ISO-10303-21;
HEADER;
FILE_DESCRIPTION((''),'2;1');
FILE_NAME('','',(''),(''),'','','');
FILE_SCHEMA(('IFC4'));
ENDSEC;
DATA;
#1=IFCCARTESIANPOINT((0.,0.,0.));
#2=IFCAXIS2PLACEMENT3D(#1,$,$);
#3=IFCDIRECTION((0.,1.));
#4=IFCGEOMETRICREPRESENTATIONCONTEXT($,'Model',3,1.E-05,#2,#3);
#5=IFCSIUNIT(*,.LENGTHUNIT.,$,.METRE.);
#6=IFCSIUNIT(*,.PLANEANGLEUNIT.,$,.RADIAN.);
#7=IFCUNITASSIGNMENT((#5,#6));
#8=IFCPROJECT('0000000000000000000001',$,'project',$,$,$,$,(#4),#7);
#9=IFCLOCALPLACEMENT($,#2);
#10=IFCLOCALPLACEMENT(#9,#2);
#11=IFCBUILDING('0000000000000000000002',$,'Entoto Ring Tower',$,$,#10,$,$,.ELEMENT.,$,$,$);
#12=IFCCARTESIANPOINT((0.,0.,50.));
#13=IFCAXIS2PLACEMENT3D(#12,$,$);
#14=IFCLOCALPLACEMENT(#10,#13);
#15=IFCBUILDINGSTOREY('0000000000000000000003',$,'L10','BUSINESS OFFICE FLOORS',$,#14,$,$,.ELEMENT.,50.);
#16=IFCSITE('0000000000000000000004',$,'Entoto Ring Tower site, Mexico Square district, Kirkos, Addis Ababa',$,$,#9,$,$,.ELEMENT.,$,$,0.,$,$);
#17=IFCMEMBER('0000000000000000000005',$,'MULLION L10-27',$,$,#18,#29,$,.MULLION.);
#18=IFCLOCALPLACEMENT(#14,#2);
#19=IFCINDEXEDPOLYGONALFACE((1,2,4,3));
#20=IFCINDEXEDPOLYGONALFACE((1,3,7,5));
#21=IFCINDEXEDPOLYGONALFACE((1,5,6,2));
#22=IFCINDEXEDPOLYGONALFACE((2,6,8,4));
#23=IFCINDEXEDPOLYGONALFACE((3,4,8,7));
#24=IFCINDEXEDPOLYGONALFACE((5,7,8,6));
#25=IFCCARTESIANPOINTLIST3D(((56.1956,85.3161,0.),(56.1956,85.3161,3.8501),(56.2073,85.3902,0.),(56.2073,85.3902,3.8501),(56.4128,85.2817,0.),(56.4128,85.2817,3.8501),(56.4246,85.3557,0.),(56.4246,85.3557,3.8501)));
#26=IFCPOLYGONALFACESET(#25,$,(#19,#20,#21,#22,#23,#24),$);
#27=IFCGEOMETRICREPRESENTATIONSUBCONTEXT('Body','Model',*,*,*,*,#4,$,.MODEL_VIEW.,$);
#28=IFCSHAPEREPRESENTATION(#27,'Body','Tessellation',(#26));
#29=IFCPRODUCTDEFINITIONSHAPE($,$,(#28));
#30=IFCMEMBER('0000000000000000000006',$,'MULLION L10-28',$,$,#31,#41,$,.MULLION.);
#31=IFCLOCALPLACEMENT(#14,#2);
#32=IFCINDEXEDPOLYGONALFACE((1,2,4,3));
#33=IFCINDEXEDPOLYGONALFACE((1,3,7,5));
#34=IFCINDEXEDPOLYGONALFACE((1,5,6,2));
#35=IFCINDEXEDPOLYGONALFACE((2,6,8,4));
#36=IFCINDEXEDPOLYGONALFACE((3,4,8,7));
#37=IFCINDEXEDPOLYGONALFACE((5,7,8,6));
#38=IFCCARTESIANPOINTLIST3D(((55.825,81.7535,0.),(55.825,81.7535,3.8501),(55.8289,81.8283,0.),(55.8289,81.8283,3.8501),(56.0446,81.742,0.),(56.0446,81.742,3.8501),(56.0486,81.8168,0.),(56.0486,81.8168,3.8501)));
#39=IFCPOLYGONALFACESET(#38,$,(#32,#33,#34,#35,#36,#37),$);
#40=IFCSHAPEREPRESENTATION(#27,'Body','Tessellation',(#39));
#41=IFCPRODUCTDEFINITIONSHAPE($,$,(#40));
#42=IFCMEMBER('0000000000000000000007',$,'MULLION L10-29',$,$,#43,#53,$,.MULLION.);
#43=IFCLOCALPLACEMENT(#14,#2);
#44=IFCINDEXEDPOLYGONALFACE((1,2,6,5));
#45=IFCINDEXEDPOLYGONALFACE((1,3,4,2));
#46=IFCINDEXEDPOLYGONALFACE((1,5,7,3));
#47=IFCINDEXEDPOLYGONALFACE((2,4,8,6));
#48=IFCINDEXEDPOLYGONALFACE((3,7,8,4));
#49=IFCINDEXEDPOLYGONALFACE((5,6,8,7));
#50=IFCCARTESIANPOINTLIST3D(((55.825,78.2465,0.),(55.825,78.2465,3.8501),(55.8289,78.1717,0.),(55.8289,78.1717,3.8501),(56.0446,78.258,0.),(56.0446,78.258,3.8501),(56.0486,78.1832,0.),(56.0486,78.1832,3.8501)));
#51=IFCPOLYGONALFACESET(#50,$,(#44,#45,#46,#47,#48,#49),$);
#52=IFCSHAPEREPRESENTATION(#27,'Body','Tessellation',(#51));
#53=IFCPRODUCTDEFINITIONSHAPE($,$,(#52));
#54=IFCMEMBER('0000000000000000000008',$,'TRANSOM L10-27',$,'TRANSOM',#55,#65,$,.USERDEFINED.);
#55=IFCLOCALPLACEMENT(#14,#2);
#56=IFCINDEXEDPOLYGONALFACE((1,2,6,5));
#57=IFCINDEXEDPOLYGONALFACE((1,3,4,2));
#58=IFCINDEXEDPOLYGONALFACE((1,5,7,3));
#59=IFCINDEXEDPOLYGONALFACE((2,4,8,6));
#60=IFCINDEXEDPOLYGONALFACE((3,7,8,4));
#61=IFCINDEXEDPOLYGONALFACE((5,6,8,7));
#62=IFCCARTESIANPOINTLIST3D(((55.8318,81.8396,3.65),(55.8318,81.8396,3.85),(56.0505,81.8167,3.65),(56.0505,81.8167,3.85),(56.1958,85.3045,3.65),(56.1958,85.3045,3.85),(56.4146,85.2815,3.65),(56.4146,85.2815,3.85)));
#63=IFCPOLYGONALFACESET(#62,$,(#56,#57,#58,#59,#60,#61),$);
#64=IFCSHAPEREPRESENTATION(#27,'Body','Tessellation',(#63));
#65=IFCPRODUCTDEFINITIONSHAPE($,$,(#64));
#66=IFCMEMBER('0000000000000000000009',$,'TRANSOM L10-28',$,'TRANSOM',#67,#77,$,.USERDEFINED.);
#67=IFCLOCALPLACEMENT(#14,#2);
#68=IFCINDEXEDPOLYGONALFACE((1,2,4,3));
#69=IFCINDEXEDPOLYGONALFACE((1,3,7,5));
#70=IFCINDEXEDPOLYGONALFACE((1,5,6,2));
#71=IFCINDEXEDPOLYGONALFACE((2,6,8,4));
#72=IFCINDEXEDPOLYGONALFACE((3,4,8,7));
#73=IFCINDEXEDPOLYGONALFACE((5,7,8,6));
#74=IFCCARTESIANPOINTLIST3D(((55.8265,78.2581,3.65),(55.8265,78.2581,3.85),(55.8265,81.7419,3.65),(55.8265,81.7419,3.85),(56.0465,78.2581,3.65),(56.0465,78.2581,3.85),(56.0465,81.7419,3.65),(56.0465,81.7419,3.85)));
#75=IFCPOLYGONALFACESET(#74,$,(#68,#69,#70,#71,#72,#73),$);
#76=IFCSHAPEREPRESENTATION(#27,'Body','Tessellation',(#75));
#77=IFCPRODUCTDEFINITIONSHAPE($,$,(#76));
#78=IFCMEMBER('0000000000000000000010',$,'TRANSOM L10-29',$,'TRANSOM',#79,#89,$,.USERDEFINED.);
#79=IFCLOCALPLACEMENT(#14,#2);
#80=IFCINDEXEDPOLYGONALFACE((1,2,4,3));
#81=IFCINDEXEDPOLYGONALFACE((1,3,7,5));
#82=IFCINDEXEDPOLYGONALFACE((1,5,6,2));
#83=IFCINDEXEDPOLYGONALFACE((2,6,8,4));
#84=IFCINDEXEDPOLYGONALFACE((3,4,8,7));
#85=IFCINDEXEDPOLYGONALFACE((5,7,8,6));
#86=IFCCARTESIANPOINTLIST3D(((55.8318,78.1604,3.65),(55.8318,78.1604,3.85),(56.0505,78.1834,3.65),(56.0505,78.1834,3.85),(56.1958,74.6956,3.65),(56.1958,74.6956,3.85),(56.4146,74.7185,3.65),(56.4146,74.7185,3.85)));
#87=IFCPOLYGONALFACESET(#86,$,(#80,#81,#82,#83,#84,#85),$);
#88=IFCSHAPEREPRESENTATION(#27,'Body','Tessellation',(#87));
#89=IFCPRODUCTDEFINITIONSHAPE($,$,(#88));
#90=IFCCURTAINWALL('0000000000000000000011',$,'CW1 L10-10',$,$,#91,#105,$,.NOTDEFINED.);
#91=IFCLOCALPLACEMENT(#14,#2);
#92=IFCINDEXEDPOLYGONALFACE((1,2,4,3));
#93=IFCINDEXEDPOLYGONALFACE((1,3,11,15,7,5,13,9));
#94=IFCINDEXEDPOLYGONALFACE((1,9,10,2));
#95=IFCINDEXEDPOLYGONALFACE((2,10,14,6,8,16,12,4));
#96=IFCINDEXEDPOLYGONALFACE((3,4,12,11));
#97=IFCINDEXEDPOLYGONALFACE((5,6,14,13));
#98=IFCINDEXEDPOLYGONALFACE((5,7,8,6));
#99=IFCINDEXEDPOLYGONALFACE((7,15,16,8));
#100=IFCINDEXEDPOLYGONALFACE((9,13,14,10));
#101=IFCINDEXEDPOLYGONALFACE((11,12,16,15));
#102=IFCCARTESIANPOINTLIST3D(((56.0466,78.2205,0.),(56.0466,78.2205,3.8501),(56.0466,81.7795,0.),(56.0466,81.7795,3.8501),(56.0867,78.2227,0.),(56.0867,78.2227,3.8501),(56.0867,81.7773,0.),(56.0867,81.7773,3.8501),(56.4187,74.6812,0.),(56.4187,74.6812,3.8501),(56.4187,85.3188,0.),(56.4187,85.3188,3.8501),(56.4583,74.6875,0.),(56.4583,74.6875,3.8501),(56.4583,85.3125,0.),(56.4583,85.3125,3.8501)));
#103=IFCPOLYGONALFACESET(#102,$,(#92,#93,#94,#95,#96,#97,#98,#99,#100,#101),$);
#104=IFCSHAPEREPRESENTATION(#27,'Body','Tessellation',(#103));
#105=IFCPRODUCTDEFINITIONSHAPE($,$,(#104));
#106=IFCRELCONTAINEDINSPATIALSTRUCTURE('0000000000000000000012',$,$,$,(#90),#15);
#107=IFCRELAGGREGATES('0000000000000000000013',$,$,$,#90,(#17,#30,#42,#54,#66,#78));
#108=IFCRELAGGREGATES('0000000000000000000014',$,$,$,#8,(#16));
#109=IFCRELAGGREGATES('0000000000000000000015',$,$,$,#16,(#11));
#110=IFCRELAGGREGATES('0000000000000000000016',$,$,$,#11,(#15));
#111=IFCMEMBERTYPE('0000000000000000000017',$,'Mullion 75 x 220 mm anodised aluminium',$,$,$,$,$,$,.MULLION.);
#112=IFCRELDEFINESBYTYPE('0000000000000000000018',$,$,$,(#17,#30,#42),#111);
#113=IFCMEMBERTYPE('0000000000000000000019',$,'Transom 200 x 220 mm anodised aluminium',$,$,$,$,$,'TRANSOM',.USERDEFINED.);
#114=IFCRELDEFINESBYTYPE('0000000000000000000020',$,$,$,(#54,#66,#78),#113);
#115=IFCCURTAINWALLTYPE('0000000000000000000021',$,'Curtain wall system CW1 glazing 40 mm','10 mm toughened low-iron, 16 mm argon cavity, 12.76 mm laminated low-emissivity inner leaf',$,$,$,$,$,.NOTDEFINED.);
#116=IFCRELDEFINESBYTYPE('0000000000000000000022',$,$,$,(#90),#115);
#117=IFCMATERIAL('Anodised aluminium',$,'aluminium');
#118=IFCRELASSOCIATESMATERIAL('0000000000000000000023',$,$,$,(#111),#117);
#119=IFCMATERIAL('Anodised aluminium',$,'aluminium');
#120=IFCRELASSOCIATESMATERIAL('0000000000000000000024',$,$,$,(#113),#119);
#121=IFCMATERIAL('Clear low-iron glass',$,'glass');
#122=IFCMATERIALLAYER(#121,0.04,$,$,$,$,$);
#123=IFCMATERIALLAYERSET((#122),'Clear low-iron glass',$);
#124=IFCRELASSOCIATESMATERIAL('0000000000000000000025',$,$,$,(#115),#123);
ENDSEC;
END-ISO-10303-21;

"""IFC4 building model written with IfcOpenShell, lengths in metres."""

from ifc_helpers import new_model, si_unit, direction, frame, origin, origin_2d, place, context, subcontext, project, spatial, polyline, rectangle, outline, extrude, material, layer, layer_set, material_profile, profile_set, type_object, element, aggregate, save


model = new_model("IFC4")

# Units and contexts
model_context = context("Model", 3, precision=1e-05, world=origin(), true_north=direction((0.0, 1.0)))
body_context = subcontext(model_context, "Body", "Model", "MODEL_VIEW")
ifc_project = project(units=[si_unit("LENGTHUNIT", "METRE"), si_unit("PLANEANGLEUNIT", "RADIAN")], contexts=[model_context])

# Members
ifc_material_1 = material(Name="Anodised aluminium", Category="aluminium")
ifc_material_profile_1 = material_profile(ifc_material_1, rectangle(XDim=0.075, YDim=0.22, at=origin_2d()), Name="Mullion 75 x 220 mm anodised aluminium")
ifc_profile_set_1 = profile_set([ifc_material_profile_1], Name="Anodised aluminium")
member_type_1 = type_object("IfcMemberType", Name="Mullion 75 x 220 mm anodised aluminium", PredefinedType="MULLION", material=ifc_profile_set_1)
site_placement = place(None, origin())
building_placement = place(site_placement, origin())
storey_placement = place(building_placement, frame((0.0, 0.0, 50.0)))
member_1_placement = place(storey_placement, frame((56.3101, 85.3359, 0.0), z_axis=(0.0, 0.0, 1.0), x_axis=(-0.156434, -0.987688, 0.0)))
member_1 = element("IfcMember", 1, at=member_1_placement, type_object=member_type_1, Name="MULLION L10-27", PredefinedType="MULLION", context=body_context, shape_type="SweptSolid", body=[
    extrude(rectangle(XDim=0.075, YDim=0.22, at=origin_2d()), origin(), (0.0, 0.0, 1.0), 3.8501),
])
member_2_placement = place(storey_placement, frame((55.9368, 81.7852, 0.0), z_axis=(0.0, 0.0, 1.0), x_axis=(-0.052336, -0.99863, 0.0)))
member_2 = element("IfcMember", 2, at=member_2_placement, type_object=member_type_1, Name="MULLION L10-28", PredefinedType="MULLION", context=body_context, shape_type="SweptSolid", body=[
    extrude(rectangle(XDim=0.075, YDim=0.22, at=origin_2d()), origin(), (0.0, 0.0, 1.0), 3.8501),
])
member_3_placement = place(storey_placement, frame((55.9368, 78.2148, 0.0), z_axis=(0.0, 0.0, 1.0), x_axis=(0.052336, -0.99863, 0.0)))
member_3 = element("IfcMember", 3, at=member_3_placement, type_object=member_type_1, Name="MULLION L10-29", PredefinedType="MULLION", context=body_context, shape_type="SweptSolid", body=[
    extrude(rectangle(XDim=0.075, YDim=0.22, at=origin_2d()), origin(), (0.0, 0.0, 1.0), 3.8501),
])
ifc_material_2 = material(Name="Anodised aluminium", Category="aluminium")
ifc_material_profile_2 = material_profile(ifc_material_2, rectangle(XDim=0.22, YDim=0.2, at=origin_2d()), Name="Transom 200 x 220 mm anodised aluminium")
ifc_profile_set_2 = profile_set([ifc_material_profile_2], Name="Anodised aluminium")
member_type_2 = type_object("IfcMemberType", Name="Transom 200 x 220 mm anodised aluminium", ElementType="TRANSOM", PredefinedType="USERDEFINED", material=ifc_profile_set_2)
member_4_placement = place(storey_placement, frame((56.3052, 85.293, 3.75), z_axis=(-0.104484, -0.994527, 0.0), x_axis=(0.994527, -0.104484, 0.0)))
member_4 = element("IfcMember", 4, at=member_4_placement, type_object=member_type_2, Name="TRANSOM L10-27", ObjectType="TRANSOM", PredefinedType="USERDEFINED", context=body_context, shape_type="SweptSolid", body=[
    extrude(rectangle(XDim=0.22, YDim=0.2, at=origin_2d()), origin(), (0.0, 0.0, 1.0), 3.4839),
])
member_5_placement = place(storey_placement, frame((55.9365, 81.7419, 3.75), z_axis=(0.0, -1.0, 0.0), x_axis=(1.0, 0.0, 0.0)))
member_5 = element("IfcMember", 5, at=member_5_placement, type_object=member_type_2, Name="TRANSOM L10-28", ObjectType="TRANSOM", PredefinedType="USERDEFINED", context=body_context, shape_type="SweptSolid", body=[
    extrude(rectangle(XDim=0.22, YDim=0.2, at=origin_2d()), origin(), (0.0, 0.0, 1.0), 3.4839),
])
member_6_placement = place(storey_placement, frame((55.9412, 78.1719, 3.75), z_axis=(0.104484, -0.994527, 0.0), x_axis=(0.994527, 0.104484, 0.0)))
member_6 = element("IfcMember", 6, at=member_6_placement, type_object=member_type_2, Name="TRANSOM L10-29", ObjectType="TRANSOM", PredefinedType="USERDEFINED", context=body_context, shape_type="SweptSolid", body=[
    extrude(rectangle(XDim=0.22, YDim=0.2, at=origin_2d()), origin(), (0.0, 0.0, 1.0), 3.4839),
])

# Site, building, storey
site = spatial("IfcSite", under=ifc_project, at=site_placement, Name="Entoto Ring Tower site, Mexico Square district, Kirkos, Addis Ababa", CompositionType="ELEMENT", RefElevation=0.0)
building = spatial("IfcBuilding", under=site, at=building_placement, Name="Entoto Ring Tower", CompositionType="ELEMENT")
storey = spatial("IfcBuildingStorey", under=building, at=storey_placement, Name="L10", Description="BUSINESS OFFICE FLOORS", CompositionType="ELEMENT", Elevation=50.0)

# Curtain wall
ifc_material_3 = material(Name="Clear low-iron glass", Category="glass")
ifc_layer = layer(ifc_material_3, 0.04)
ifc_layer_set = layer_set([ifc_layer], Name="Clear low-iron glass")
curtain_wall_type = type_object("IfcCurtainWallType", Name="Curtain wall system CW1 glazing 40 mm", Description="10 mm toughened low-iron, 16 mm argon cavity, 12.76 mm laminated low-emissivity inner leaf", PredefinedType="NOTDEFINED", material=ifc_layer_set)
curtain_wall_1_placement = place(storey_placement, origin())
curtain_wall_1 = element("IfcCurtainWall", 7, at=curtain_wall_1_placement, inside=storey, type_object=curtain_wall_type, Name="CW1 L10-10", PredefinedType="NOTDEFINED", context=body_context, shape_type="SweptSolid", body=[
    extrude(outline(polyline([(56.4187, 85.3188), (56.0466, 81.7795), (56.0466, 78.2205), (56.4187, 74.6812), (56.4583, 74.6875), (56.0867, 78.2227), (56.0867, 81.7773), (56.4583, 85.3125), (56.4187, 85.3188)])), origin(), (0.0, 0.0, 1.0), 3.8501),
])
aggregate(curtain_wall_1, [member_1, member_2, member_3, member_4, member_5, member_6])

save(model, "model.ifc")
